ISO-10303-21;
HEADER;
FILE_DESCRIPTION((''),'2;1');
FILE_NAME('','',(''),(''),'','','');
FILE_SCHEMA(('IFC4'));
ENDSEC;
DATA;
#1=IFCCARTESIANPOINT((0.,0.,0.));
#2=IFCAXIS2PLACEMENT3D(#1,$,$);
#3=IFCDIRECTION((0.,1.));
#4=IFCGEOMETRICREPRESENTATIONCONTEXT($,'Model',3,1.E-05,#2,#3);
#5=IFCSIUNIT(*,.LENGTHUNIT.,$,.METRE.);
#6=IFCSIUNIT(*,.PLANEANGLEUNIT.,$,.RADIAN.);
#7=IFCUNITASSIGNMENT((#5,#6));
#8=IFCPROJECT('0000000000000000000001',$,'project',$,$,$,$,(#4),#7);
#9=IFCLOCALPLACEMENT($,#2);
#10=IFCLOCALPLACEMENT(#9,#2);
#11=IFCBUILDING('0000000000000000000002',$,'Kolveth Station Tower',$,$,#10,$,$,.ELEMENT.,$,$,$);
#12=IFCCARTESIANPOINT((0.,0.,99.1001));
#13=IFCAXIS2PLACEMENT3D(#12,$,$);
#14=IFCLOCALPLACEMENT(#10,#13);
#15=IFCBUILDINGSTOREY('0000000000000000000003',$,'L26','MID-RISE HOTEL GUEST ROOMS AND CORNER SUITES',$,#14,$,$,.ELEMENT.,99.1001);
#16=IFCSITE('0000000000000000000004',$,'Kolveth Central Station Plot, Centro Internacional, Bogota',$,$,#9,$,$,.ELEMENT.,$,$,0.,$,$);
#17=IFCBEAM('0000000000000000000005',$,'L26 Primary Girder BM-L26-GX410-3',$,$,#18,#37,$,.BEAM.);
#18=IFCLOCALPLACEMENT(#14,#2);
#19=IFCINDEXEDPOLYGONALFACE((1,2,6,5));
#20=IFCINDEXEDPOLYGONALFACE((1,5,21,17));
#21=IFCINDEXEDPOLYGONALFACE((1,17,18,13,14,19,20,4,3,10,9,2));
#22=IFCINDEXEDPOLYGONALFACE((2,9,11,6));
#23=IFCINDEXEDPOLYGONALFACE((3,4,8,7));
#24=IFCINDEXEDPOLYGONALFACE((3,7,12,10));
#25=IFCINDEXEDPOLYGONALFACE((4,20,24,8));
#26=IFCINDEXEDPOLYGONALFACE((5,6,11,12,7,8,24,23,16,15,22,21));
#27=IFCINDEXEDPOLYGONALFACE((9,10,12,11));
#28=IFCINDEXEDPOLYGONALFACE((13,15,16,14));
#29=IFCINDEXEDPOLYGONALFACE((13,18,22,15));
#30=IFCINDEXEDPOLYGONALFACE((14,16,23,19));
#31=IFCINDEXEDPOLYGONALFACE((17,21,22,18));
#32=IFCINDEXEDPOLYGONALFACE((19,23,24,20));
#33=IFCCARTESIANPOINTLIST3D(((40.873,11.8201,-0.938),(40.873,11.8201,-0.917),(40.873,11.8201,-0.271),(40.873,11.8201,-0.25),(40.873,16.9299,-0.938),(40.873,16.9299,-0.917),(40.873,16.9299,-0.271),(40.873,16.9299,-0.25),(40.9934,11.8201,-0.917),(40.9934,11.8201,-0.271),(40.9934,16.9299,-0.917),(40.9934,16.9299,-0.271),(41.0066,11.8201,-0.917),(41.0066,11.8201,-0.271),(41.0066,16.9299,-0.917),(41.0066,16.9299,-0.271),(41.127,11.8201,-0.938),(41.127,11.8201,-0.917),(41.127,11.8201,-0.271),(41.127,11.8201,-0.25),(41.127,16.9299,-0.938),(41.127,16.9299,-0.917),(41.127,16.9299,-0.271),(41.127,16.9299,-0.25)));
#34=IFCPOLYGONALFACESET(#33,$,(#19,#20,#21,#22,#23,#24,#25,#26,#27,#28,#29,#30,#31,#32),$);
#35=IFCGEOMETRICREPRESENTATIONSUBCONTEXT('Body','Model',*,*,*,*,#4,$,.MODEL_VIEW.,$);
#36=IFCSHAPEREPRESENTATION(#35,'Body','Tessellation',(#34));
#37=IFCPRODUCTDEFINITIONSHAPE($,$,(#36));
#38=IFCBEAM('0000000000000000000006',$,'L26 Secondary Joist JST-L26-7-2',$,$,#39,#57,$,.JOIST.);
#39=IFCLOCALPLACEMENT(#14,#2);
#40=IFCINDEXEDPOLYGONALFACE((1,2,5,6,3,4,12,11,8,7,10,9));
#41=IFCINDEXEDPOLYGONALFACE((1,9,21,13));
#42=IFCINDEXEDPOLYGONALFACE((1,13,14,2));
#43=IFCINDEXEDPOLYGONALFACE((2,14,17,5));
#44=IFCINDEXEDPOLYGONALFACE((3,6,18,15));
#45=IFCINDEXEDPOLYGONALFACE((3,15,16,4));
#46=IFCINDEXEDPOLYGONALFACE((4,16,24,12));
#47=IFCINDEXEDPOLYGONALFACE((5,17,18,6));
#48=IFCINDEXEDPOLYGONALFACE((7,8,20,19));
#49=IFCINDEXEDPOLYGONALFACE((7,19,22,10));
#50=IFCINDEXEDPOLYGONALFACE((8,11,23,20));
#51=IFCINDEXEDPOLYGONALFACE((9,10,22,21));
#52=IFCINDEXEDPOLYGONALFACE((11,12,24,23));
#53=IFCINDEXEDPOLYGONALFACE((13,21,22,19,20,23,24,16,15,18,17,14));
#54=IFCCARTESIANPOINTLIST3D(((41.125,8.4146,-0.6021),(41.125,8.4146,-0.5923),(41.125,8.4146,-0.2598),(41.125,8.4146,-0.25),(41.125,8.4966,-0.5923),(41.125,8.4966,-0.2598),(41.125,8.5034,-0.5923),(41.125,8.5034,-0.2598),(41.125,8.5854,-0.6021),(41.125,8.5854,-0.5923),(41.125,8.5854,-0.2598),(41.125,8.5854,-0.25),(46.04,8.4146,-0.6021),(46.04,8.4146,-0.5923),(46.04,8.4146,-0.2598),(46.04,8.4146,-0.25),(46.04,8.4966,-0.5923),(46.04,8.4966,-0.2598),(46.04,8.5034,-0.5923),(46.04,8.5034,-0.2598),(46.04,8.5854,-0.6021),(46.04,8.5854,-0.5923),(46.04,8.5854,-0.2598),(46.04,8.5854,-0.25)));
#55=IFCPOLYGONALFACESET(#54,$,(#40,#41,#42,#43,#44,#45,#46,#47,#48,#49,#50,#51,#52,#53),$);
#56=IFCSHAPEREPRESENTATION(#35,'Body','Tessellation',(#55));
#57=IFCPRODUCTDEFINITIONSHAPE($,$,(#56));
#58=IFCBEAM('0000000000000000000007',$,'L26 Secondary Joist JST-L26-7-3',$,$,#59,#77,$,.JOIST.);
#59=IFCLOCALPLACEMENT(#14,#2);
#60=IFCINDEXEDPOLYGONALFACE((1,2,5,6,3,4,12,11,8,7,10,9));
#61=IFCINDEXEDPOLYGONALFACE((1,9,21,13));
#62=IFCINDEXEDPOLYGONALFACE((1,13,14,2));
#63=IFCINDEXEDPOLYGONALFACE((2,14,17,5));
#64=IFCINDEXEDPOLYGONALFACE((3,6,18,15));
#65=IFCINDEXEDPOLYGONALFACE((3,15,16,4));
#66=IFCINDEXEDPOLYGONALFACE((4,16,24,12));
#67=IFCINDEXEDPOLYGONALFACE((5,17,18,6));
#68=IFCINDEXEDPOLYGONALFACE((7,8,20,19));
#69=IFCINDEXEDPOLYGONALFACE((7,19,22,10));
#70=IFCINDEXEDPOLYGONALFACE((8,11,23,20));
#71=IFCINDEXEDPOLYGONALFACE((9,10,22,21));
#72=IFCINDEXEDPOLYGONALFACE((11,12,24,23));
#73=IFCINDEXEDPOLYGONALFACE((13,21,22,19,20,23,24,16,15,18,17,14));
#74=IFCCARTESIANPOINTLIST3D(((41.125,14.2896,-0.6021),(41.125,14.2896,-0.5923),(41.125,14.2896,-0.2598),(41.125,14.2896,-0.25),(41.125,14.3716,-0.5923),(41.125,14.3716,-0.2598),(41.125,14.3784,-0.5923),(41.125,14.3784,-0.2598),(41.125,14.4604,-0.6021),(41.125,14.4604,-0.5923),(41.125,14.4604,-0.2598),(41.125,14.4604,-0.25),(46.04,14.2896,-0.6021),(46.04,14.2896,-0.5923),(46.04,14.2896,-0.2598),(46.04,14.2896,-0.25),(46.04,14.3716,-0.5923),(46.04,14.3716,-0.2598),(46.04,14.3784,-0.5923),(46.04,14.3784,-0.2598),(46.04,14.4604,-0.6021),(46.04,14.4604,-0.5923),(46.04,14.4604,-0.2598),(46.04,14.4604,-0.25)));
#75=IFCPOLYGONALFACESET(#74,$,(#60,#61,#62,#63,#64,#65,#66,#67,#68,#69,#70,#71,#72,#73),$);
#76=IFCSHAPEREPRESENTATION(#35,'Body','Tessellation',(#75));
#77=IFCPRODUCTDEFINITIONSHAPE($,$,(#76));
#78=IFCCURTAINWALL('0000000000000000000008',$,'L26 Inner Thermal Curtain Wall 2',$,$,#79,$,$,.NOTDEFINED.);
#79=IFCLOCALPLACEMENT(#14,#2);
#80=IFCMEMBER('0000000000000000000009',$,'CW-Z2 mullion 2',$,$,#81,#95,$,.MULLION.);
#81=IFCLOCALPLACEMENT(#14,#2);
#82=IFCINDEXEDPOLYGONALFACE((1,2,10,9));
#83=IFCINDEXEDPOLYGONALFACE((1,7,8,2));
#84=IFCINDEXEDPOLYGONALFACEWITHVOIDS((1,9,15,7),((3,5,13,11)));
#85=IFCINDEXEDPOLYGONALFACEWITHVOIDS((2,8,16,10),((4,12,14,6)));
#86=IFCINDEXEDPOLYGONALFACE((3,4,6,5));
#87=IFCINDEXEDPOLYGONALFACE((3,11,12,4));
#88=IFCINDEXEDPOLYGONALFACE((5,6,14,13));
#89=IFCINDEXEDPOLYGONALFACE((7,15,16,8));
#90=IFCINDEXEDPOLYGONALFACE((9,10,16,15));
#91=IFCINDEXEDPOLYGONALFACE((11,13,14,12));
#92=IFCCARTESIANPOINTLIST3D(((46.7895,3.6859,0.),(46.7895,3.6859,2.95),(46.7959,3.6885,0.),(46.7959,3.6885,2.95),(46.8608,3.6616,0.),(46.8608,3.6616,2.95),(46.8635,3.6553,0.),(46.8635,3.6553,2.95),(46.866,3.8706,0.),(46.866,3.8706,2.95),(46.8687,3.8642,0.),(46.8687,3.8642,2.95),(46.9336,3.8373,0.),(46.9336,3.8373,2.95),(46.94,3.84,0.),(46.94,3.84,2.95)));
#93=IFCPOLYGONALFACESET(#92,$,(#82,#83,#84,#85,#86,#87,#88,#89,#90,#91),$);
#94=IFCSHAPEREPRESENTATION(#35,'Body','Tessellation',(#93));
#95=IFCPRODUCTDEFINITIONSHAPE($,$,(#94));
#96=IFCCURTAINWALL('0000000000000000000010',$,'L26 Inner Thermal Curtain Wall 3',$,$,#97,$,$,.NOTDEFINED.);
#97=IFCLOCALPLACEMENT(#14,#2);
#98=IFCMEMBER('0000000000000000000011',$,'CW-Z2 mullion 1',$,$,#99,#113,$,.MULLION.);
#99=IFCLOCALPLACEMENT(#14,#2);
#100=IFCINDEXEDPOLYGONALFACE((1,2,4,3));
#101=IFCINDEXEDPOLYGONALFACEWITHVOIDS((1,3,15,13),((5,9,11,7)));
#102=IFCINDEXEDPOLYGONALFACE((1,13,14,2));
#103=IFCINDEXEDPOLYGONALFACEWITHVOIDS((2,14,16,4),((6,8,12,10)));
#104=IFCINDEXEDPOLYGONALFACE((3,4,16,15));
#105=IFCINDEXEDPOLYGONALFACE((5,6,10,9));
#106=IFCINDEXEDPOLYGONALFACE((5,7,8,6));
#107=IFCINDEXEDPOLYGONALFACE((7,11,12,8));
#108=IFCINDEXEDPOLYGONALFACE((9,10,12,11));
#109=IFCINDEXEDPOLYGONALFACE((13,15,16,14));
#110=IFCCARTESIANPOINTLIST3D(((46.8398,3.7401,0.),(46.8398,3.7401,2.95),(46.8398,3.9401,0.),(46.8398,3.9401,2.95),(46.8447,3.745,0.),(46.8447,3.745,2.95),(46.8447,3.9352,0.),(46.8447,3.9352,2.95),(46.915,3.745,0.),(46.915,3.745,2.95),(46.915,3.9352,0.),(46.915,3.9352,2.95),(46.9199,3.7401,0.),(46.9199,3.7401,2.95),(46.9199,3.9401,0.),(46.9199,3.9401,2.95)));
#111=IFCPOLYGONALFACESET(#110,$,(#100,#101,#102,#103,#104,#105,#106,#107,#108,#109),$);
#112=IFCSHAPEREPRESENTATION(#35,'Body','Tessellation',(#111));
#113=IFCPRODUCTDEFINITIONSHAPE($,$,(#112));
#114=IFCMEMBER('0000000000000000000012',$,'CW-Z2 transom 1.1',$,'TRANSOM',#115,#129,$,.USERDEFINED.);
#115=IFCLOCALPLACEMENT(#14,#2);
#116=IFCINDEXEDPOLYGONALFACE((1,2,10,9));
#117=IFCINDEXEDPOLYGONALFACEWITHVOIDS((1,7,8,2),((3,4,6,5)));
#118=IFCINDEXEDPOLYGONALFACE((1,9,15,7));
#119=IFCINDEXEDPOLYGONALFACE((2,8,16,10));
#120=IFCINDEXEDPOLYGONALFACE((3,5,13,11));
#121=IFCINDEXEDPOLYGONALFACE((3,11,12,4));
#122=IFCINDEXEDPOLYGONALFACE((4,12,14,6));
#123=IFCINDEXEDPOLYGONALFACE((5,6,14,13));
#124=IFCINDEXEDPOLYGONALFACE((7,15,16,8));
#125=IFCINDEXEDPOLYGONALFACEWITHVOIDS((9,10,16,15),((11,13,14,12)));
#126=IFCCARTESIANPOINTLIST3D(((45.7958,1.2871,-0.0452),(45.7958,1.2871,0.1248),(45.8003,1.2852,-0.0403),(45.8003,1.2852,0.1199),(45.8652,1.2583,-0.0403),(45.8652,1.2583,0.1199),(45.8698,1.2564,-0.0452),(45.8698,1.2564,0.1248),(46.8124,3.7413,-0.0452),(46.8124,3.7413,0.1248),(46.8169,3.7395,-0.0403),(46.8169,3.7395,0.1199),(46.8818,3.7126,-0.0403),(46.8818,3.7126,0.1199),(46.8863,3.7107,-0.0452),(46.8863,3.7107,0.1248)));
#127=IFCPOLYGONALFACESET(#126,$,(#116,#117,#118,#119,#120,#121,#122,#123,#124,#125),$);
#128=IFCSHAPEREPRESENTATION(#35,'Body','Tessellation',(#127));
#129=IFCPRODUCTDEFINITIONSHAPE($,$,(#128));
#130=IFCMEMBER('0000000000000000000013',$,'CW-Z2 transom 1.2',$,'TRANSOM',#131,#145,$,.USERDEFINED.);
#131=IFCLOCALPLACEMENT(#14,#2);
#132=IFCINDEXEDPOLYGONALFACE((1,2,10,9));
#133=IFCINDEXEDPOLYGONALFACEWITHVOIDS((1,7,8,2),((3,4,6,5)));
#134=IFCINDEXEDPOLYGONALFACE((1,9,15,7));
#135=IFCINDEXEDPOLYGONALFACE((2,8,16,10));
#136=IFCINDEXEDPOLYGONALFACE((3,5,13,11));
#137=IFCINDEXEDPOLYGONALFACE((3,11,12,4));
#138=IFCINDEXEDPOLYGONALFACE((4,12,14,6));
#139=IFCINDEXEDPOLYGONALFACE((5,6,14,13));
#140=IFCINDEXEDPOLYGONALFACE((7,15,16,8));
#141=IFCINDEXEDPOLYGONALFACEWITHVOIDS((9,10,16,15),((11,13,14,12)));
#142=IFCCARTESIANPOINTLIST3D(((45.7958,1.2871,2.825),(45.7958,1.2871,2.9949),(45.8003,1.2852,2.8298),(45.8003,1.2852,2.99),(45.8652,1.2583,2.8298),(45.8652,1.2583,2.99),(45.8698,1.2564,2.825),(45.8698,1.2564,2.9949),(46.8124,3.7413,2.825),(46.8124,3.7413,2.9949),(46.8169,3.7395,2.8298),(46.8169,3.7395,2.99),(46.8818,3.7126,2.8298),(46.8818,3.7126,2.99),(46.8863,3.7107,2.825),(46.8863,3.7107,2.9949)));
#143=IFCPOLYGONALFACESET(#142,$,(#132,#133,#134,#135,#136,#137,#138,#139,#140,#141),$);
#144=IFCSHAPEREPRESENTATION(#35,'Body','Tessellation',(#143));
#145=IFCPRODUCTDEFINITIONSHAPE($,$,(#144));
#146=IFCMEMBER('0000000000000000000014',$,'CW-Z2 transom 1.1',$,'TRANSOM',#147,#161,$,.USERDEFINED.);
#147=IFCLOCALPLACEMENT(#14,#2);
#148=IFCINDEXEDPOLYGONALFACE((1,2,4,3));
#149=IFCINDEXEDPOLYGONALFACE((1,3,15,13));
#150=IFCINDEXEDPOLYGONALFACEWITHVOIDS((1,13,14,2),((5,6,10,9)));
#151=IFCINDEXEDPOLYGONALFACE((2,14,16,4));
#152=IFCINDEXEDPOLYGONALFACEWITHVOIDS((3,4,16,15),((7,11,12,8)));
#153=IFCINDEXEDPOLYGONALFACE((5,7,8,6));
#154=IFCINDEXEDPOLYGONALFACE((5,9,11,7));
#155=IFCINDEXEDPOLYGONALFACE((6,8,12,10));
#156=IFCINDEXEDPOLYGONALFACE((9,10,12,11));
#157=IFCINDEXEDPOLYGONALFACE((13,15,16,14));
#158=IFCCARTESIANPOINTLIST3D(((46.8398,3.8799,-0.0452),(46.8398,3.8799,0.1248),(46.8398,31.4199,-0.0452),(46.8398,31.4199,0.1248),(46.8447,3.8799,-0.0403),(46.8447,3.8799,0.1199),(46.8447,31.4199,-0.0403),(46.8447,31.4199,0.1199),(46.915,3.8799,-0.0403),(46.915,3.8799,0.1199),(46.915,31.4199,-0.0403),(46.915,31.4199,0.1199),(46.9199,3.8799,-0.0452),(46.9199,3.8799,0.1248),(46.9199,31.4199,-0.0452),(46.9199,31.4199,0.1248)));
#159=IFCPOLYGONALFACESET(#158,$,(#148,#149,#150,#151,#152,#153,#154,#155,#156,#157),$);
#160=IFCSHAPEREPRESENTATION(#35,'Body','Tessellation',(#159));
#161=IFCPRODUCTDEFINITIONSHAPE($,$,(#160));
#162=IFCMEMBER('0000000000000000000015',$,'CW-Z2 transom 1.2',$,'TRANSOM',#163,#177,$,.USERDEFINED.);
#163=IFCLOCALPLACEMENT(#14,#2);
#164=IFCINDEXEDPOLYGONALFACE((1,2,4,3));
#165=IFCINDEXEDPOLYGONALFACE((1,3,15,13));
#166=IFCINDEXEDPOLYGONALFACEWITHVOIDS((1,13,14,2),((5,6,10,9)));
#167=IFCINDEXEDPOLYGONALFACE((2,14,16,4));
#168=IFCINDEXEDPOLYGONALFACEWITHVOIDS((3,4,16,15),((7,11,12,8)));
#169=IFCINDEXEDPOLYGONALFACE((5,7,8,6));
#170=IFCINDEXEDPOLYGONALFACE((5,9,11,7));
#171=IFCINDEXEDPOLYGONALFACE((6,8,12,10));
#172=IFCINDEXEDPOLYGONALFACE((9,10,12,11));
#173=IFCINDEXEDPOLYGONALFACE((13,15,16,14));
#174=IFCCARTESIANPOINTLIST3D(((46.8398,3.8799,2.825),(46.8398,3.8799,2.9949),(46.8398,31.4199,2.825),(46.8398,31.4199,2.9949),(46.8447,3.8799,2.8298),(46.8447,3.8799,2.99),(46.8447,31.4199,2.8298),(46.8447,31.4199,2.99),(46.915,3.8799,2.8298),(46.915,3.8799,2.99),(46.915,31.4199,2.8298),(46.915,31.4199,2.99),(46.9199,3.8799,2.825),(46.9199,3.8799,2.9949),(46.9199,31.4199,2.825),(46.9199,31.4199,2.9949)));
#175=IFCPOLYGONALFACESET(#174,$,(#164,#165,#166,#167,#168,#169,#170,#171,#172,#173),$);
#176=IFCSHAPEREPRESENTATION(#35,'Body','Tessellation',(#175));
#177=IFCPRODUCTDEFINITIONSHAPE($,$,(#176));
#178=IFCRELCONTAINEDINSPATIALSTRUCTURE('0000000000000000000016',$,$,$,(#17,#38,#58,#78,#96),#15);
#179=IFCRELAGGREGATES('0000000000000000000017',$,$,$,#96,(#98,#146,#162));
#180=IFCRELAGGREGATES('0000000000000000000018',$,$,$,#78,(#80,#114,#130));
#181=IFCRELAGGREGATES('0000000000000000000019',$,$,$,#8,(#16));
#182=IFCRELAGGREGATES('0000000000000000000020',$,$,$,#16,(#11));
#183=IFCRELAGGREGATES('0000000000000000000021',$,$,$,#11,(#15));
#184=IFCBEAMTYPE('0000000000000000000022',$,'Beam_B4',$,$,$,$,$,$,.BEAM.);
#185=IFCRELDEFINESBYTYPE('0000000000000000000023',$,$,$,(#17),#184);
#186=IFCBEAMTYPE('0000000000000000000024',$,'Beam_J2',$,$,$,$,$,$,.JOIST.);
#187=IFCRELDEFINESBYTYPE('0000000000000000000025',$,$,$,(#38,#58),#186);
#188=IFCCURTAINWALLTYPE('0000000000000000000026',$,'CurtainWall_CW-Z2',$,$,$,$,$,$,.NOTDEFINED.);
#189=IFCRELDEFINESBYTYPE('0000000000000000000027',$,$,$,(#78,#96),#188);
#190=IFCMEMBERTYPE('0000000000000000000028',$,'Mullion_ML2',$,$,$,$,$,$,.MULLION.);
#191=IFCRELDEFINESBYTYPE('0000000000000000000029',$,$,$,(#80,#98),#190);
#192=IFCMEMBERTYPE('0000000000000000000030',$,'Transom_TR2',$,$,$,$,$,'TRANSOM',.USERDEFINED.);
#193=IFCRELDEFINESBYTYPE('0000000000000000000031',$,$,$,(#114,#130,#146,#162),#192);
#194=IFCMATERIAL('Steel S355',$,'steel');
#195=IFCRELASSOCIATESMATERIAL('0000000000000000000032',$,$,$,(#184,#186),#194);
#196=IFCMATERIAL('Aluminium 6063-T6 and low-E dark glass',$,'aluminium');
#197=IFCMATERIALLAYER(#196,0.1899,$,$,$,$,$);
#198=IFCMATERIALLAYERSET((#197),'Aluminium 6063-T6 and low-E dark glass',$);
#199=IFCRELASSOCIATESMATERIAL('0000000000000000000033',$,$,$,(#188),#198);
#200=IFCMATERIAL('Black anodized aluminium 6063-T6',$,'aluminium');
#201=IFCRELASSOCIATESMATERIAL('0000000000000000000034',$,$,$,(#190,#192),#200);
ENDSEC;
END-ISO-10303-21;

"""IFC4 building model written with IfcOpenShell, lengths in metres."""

from ifc_helpers import new_model, si_unit, direction, frame, origin, origin_2d, place, context, subcontext, project, spatial, hollow_rectangle, i_section, extrude, source, transform, mapped, material, layer, layer_set, material_profile, profile_set, type_object, element, aggregate, save


model = new_model("IFC4")

# Units and contexts
model_context = context("Model", 3, precision=1e-05, world=origin(), true_north=direction((0.0, 1.0)))
body_context = subcontext(model_context, "Body", "Model", "MODEL_VIEW")
ifc_project = project(units=[si_unit("LENGTHUNIT", "METRE"), si_unit("PLANEANGLEUNIT", "RADIAN")], contexts=[model_context])

# Site, building, storey
site_placement = place(None, origin())
site = spatial("IfcSite", under=ifc_project, at=site_placement, Name="Kolveth Central Station Plot, Centro Internacional, Bogota", CompositionType="ELEMENT", RefElevation=0.0)
building_placement = place(site_placement, origin())
building = spatial("IfcBuilding", under=site, at=building_placement, Name="Kolveth Station Tower", CompositionType="ELEMENT")
storey_placement = place(building_placement, frame((0.0, 0.0, 99.1001)))
storey = spatial("IfcBuildingStorey", under=building, at=storey_placement, Name="L26", Description="MID-RISE HOTEL GUEST ROOMS AND CORNER SUITES", CompositionType="ELEMENT", Elevation=99.1001)

# Beams
ifc_material_1 = material(Name="Steel S355", Category="steel")
ifc_material_profile_1 = material_profile(ifc_material_1, i_section(OverallWidth=0.2539, OverallDepth=0.688, WebThickness=0.0132, FlangeThickness=0.021, at=origin_2d()), Name="W690x152")
ifc_profile_set_1 = profile_set([ifc_material_profile_1], Name="Steel S355")
beam_type_1 = type_object("IfcBeamType", Name="Beam_B4", PredefinedType="BEAM", material=ifc_profile_set_1)
shared_shape_1 = source(origin(), body_context, "Body", "SweptSolid", [
    extrude(i_section(OverallWidth=0.2539, OverallDepth=0.688, WebThickness=0.0132, FlangeThickness=0.021, at=origin_2d()), origin(), (0.0, 0.0, 1.0), 5.1099),
])
beam_1_placement = place(storey_placement, frame((41.0, 11.8201, -0.594), z_axis=(0.0, 1.0, 0.0), x_axis=(-1.0, 0.0, 0.0)))
element("IfcBeam", 1, at=beam_1_placement, inside=storey, type_object=beam_type_1, Name="L26 Primary Girder BM-L26-GX410-3", PredefinedType="BEAM", context=body_context, shape_type="MappedRepresentation", body=[
    mapped(shared_shape_1, transform((0.0, 0.0, 0.0), x_axis=(1.0, 0.0, 0.0), y_axis=(0.0, 1.0, 0.0), z_axis=(0.0, 0.0, 1.0), scale=1.0)),
])
ifc_material_profile_2 = material_profile(ifc_material_1, i_section(OverallWidth=0.1709, OverallDepth=0.3521, WebThickness=0.0068, FlangeThickness=0.0098, at=origin_2d()), Name="W360x44")
ifc_profile_set_2 = profile_set([ifc_material_profile_2], Name="Steel S355")
beam_type_2 = type_object("IfcBeamType", Name="Beam_J2", PredefinedType="JOIST", material=ifc_profile_set_2)
shared_shape_2 = source(origin(), body_context, "Body", "SweptSolid", [
    extrude(i_section(OverallWidth=0.1709, OverallDepth=0.3521, WebThickness=0.0068, FlangeThickness=0.0098, at=origin_2d()), origin(), (0.0, 0.0, 1.0), 4.915),
])
for number, where, z_axis, x_axis, name in (
    (2, (41.125, 8.5, -0.426), (1.0, 0.0, 0.0), (0.0, 1.0, 0.0), "L26 Secondary Joist JST-L26-7-2"),
    (3, (41.125, 14.375, -0.426), (1.0, 0.0, 0.0), (0.0, 1.0, 0.0), "L26 Secondary Joist JST-L26-7-3"),
):
    element("IfcBeam", number, at=place(storey_placement, frame(where, z_axis=z_axis, x_axis=x_axis)), inside=storey, type_object=beam_type_2, Name=name, PredefinedType="JOIST", context=body_context, shape_type="MappedRepresentation", body=[
        mapped(shared_shape_2, transform((0.0, 0.0, 0.0), x_axis=(1.0, 0.0, 0.0), y_axis=(0.0, 1.0, 0.0), z_axis=(0.0, 0.0, 1.0), scale=1.0)),
    ])

# Curtain walls, members
ifc_material_2 = material(Name="Aluminium 6063-T6 and low-E dark glass", Category="aluminium")
ifc_layer_1 = layer(ifc_material_2, 0.1899)
ifc_layer_set_1 = layer_set([ifc_layer_1], Name="Aluminium 6063-T6 and low-E dark glass")
curtain_wall_type_1 = type_object("IfcCurtainWallType", Name="CurtainWall_CW-Z2", PredefinedType="NOTDEFINED", material=ifc_layer_set_1)
curtain_wall_1_placement = place(storey_placement, origin())
curtain_wall_1 = element("IfcCurtainWall", 4, at=curtain_wall_1_placement, inside=storey, type_object=curtain_wall_type_1, Name="L26 Inner Thermal Curtain Wall 2", PredefinedType="NOTDEFINED")
ifc_material_3 = material(Name="Black anodized aluminium 6063-T6", Category="aluminium")
ifc_material_profile_3 = material_profile(ifc_material_3, hollow_rectangle(XDim=0.0801, YDim=0.2, WallThickness=0.0049, at=origin_2d()), Name="ALU-80x200x5")
ifc_profile_set_3 = profile_set([ifc_material_profile_3], Name="Black anodized aluminium 6063-T6")
member_type_1 = type_object("IfcMemberType", Name="Mullion_ML2", PredefinedType="MULLION", material=ifc_profile_set_3)
shared_shape_3 = source(origin(), body_context, "Body", "SweptSolid", [
    extrude(hollow_rectangle(XDim=0.0801, YDim=0.2, WallThickness=0.0049, at=origin_2d()), origin(), (0.0, 0.0, 1.0), 2.95),
])
member_1_placement = place(storey_placement, frame((46.8647, 3.7629, 0.0), z_axis=(0.0, 0.0, 1.0), x_axis=(-0.923888, 0.382663, 0.0)))
member_1 = element("IfcMember", 5, at=member_1_placement, type_object=member_type_1, Name="CW-Z2 mullion 2", PredefinedType="MULLION", context=body_context, shape_type="MappedRepresentation", body=[
    mapped(shared_shape_3, transform((0.0, 0.0, 0.0), x_axis=(1.0, 0.0, 0.0), y_axis=(0.0, 1.0, 0.0), z_axis=(0.0, 0.0, 1.0), scale=1.0)),
])
curtain_wall_2_placement = place(storey_placement, origin())
curtain_wall_2 = element("IfcCurtainWall", 6, at=curtain_wall_2_placement, inside=storey, type_object=curtain_wall_type_1, Name="L26 Inner Thermal Curtain Wall 3", PredefinedType="NOTDEFINED")
member_2_placement = place(storey_placement, frame((46.8799, 3.8401, 0.0), z_axis=(0.0, 0.0, 1.0), x_axis=(-1.0, 0.0, 0.0)))
member_2 = element("IfcMember", 7, at=member_2_placement, type_object=member_type_1, Name="CW-Z2 mullion 1", PredefinedType="MULLION", context=body_context, shape_type="MappedRepresentation", body=[
    mapped(shared_shape_3, transform((0.0, 0.0, 0.0), x_axis=(1.0, 0.0, 0.0), y_axis=(0.0, 1.0, 0.0), z_axis=(0.0, 0.0, 1.0), scale=1.0)),
])

# Members
ifc_material_profile_4 = material_profile(ifc_material_3, hollow_rectangle(XDim=0.0801, YDim=0.1699, WallThickness=0.0049, at=origin_2d()), Name="ALU-80x170x5")
ifc_profile_set_4 = profile_set([ifc_material_profile_4], Name="Black anodized aluminium 6063-T6")
member_type_2 = type_object("IfcMemberType", Name="Transom_TR2", ElementType="TRANSOM", PredefinedType="USERDEFINED", material=ifc_profile_set_4)
shared_shape_4 = source(origin(), body_context, "Body", "SweptSolid", [
    extrude(hollow_rectangle(XDim=0.0801, YDim=0.1699, WallThickness=0.0049, at=origin_2d()), origin(), (0.0, 0.0, 1.0), 2.6565),
])
member_3_placement = place(storey_placement, frame((45.8328, 1.2717, 0.0398), z_axis=(0.382676, 0.923882, 0.0), x_axis=(-0.923882, 0.382676, 0.0)))
member_3 = element("IfcMember", 8, at=member_3_placement, type_object=member_type_2, Name="CW-Z2 transom 1.1", ObjectType="TRANSOM", PredefinedType="USERDEFINED", context=body_context, shape_type="MappedRepresentation", body=[
    mapped(shared_shape_4, transform((0.0, 0.0, 0.0), x_axis=(1.0, 0.0, 0.0), y_axis=(0.0, 1.0, 0.0), z_axis=(0.0, 0.0, 1.0), scale=1.0)),
])
member_4_placement = place(storey_placement, frame((45.8328, 1.2717, 2.9099), z_axis=(0.382676, 0.923882, 0.0), x_axis=(-0.923882, 0.382676, 0.0)))
member_4 = element("IfcMember", 9, at=member_4_placement, type_object=member_type_2, Name="CW-Z2 transom 1.2", ObjectType="TRANSOM", PredefinedType="USERDEFINED", context=body_context, shape_type="MappedRepresentation", body=[
    mapped(shared_shape_4, transform((0.0, 0.0, 0.0), x_axis=(1.0, 0.0, 0.0), y_axis=(0.0, 1.0, 0.0), z_axis=(0.0, 0.0, 1.0), scale=1.0)),
])
shared_shape_5 = source(origin(), body_context, "Body", "SweptSolid", [
    extrude(hollow_rectangle(XDim=0.0801, YDim=0.1699, WallThickness=0.0049, at=origin_2d()), origin(), (0.0, 0.0, 1.0), 27.54),
])
member_5_placement = place(storey_placement, frame((46.8799, 3.8799, 0.0398), z_axis=(0.0, 1.0, 0.0), x_axis=(-1.0, 0.0, 0.0)))
member_5 = element("IfcMember", 10, at=member_5_placement, type_object=member_type_2, Name="CW-Z2 transom 1.1", ObjectType="TRANSOM", PredefinedType="USERDEFINED", context=body_context, shape_type="MappedRepresentation", body=[
    mapped(shared_shape_5, transform((0.0, 0.0, 0.0), x_axis=(1.0, 0.0, 0.0), y_axis=(0.0, 1.0, 0.0), z_axis=(0.0, 0.0, 1.0), scale=1.0)),
])
member_6_placement = place(storey_placement, frame((46.8799, 3.8799, 2.9099), z_axis=(0.0, 1.0, 0.0), x_axis=(-1.0, 0.0, 0.0)))
member_6 = element("IfcMember", 11, at=member_6_placement, type_object=member_type_2, Name="CW-Z2 transom 1.2", ObjectType="TRANSOM", PredefinedType="USERDEFINED", context=body_context, shape_type="MappedRepresentation", body=[
    mapped(shared_shape_5, transform((0.0, 0.0, 0.0), x_axis=(1.0, 0.0, 0.0), y_axis=(0.0, 1.0, 0.0), z_axis=(0.0, 0.0, 1.0), scale=1.0)),
])
aggregate(curtain_wall_2, [member_2, member_5, member_6])

aggregate(curtain_wall_1, [member_1, member_3, member_4])

save(model, "model.ifc")
